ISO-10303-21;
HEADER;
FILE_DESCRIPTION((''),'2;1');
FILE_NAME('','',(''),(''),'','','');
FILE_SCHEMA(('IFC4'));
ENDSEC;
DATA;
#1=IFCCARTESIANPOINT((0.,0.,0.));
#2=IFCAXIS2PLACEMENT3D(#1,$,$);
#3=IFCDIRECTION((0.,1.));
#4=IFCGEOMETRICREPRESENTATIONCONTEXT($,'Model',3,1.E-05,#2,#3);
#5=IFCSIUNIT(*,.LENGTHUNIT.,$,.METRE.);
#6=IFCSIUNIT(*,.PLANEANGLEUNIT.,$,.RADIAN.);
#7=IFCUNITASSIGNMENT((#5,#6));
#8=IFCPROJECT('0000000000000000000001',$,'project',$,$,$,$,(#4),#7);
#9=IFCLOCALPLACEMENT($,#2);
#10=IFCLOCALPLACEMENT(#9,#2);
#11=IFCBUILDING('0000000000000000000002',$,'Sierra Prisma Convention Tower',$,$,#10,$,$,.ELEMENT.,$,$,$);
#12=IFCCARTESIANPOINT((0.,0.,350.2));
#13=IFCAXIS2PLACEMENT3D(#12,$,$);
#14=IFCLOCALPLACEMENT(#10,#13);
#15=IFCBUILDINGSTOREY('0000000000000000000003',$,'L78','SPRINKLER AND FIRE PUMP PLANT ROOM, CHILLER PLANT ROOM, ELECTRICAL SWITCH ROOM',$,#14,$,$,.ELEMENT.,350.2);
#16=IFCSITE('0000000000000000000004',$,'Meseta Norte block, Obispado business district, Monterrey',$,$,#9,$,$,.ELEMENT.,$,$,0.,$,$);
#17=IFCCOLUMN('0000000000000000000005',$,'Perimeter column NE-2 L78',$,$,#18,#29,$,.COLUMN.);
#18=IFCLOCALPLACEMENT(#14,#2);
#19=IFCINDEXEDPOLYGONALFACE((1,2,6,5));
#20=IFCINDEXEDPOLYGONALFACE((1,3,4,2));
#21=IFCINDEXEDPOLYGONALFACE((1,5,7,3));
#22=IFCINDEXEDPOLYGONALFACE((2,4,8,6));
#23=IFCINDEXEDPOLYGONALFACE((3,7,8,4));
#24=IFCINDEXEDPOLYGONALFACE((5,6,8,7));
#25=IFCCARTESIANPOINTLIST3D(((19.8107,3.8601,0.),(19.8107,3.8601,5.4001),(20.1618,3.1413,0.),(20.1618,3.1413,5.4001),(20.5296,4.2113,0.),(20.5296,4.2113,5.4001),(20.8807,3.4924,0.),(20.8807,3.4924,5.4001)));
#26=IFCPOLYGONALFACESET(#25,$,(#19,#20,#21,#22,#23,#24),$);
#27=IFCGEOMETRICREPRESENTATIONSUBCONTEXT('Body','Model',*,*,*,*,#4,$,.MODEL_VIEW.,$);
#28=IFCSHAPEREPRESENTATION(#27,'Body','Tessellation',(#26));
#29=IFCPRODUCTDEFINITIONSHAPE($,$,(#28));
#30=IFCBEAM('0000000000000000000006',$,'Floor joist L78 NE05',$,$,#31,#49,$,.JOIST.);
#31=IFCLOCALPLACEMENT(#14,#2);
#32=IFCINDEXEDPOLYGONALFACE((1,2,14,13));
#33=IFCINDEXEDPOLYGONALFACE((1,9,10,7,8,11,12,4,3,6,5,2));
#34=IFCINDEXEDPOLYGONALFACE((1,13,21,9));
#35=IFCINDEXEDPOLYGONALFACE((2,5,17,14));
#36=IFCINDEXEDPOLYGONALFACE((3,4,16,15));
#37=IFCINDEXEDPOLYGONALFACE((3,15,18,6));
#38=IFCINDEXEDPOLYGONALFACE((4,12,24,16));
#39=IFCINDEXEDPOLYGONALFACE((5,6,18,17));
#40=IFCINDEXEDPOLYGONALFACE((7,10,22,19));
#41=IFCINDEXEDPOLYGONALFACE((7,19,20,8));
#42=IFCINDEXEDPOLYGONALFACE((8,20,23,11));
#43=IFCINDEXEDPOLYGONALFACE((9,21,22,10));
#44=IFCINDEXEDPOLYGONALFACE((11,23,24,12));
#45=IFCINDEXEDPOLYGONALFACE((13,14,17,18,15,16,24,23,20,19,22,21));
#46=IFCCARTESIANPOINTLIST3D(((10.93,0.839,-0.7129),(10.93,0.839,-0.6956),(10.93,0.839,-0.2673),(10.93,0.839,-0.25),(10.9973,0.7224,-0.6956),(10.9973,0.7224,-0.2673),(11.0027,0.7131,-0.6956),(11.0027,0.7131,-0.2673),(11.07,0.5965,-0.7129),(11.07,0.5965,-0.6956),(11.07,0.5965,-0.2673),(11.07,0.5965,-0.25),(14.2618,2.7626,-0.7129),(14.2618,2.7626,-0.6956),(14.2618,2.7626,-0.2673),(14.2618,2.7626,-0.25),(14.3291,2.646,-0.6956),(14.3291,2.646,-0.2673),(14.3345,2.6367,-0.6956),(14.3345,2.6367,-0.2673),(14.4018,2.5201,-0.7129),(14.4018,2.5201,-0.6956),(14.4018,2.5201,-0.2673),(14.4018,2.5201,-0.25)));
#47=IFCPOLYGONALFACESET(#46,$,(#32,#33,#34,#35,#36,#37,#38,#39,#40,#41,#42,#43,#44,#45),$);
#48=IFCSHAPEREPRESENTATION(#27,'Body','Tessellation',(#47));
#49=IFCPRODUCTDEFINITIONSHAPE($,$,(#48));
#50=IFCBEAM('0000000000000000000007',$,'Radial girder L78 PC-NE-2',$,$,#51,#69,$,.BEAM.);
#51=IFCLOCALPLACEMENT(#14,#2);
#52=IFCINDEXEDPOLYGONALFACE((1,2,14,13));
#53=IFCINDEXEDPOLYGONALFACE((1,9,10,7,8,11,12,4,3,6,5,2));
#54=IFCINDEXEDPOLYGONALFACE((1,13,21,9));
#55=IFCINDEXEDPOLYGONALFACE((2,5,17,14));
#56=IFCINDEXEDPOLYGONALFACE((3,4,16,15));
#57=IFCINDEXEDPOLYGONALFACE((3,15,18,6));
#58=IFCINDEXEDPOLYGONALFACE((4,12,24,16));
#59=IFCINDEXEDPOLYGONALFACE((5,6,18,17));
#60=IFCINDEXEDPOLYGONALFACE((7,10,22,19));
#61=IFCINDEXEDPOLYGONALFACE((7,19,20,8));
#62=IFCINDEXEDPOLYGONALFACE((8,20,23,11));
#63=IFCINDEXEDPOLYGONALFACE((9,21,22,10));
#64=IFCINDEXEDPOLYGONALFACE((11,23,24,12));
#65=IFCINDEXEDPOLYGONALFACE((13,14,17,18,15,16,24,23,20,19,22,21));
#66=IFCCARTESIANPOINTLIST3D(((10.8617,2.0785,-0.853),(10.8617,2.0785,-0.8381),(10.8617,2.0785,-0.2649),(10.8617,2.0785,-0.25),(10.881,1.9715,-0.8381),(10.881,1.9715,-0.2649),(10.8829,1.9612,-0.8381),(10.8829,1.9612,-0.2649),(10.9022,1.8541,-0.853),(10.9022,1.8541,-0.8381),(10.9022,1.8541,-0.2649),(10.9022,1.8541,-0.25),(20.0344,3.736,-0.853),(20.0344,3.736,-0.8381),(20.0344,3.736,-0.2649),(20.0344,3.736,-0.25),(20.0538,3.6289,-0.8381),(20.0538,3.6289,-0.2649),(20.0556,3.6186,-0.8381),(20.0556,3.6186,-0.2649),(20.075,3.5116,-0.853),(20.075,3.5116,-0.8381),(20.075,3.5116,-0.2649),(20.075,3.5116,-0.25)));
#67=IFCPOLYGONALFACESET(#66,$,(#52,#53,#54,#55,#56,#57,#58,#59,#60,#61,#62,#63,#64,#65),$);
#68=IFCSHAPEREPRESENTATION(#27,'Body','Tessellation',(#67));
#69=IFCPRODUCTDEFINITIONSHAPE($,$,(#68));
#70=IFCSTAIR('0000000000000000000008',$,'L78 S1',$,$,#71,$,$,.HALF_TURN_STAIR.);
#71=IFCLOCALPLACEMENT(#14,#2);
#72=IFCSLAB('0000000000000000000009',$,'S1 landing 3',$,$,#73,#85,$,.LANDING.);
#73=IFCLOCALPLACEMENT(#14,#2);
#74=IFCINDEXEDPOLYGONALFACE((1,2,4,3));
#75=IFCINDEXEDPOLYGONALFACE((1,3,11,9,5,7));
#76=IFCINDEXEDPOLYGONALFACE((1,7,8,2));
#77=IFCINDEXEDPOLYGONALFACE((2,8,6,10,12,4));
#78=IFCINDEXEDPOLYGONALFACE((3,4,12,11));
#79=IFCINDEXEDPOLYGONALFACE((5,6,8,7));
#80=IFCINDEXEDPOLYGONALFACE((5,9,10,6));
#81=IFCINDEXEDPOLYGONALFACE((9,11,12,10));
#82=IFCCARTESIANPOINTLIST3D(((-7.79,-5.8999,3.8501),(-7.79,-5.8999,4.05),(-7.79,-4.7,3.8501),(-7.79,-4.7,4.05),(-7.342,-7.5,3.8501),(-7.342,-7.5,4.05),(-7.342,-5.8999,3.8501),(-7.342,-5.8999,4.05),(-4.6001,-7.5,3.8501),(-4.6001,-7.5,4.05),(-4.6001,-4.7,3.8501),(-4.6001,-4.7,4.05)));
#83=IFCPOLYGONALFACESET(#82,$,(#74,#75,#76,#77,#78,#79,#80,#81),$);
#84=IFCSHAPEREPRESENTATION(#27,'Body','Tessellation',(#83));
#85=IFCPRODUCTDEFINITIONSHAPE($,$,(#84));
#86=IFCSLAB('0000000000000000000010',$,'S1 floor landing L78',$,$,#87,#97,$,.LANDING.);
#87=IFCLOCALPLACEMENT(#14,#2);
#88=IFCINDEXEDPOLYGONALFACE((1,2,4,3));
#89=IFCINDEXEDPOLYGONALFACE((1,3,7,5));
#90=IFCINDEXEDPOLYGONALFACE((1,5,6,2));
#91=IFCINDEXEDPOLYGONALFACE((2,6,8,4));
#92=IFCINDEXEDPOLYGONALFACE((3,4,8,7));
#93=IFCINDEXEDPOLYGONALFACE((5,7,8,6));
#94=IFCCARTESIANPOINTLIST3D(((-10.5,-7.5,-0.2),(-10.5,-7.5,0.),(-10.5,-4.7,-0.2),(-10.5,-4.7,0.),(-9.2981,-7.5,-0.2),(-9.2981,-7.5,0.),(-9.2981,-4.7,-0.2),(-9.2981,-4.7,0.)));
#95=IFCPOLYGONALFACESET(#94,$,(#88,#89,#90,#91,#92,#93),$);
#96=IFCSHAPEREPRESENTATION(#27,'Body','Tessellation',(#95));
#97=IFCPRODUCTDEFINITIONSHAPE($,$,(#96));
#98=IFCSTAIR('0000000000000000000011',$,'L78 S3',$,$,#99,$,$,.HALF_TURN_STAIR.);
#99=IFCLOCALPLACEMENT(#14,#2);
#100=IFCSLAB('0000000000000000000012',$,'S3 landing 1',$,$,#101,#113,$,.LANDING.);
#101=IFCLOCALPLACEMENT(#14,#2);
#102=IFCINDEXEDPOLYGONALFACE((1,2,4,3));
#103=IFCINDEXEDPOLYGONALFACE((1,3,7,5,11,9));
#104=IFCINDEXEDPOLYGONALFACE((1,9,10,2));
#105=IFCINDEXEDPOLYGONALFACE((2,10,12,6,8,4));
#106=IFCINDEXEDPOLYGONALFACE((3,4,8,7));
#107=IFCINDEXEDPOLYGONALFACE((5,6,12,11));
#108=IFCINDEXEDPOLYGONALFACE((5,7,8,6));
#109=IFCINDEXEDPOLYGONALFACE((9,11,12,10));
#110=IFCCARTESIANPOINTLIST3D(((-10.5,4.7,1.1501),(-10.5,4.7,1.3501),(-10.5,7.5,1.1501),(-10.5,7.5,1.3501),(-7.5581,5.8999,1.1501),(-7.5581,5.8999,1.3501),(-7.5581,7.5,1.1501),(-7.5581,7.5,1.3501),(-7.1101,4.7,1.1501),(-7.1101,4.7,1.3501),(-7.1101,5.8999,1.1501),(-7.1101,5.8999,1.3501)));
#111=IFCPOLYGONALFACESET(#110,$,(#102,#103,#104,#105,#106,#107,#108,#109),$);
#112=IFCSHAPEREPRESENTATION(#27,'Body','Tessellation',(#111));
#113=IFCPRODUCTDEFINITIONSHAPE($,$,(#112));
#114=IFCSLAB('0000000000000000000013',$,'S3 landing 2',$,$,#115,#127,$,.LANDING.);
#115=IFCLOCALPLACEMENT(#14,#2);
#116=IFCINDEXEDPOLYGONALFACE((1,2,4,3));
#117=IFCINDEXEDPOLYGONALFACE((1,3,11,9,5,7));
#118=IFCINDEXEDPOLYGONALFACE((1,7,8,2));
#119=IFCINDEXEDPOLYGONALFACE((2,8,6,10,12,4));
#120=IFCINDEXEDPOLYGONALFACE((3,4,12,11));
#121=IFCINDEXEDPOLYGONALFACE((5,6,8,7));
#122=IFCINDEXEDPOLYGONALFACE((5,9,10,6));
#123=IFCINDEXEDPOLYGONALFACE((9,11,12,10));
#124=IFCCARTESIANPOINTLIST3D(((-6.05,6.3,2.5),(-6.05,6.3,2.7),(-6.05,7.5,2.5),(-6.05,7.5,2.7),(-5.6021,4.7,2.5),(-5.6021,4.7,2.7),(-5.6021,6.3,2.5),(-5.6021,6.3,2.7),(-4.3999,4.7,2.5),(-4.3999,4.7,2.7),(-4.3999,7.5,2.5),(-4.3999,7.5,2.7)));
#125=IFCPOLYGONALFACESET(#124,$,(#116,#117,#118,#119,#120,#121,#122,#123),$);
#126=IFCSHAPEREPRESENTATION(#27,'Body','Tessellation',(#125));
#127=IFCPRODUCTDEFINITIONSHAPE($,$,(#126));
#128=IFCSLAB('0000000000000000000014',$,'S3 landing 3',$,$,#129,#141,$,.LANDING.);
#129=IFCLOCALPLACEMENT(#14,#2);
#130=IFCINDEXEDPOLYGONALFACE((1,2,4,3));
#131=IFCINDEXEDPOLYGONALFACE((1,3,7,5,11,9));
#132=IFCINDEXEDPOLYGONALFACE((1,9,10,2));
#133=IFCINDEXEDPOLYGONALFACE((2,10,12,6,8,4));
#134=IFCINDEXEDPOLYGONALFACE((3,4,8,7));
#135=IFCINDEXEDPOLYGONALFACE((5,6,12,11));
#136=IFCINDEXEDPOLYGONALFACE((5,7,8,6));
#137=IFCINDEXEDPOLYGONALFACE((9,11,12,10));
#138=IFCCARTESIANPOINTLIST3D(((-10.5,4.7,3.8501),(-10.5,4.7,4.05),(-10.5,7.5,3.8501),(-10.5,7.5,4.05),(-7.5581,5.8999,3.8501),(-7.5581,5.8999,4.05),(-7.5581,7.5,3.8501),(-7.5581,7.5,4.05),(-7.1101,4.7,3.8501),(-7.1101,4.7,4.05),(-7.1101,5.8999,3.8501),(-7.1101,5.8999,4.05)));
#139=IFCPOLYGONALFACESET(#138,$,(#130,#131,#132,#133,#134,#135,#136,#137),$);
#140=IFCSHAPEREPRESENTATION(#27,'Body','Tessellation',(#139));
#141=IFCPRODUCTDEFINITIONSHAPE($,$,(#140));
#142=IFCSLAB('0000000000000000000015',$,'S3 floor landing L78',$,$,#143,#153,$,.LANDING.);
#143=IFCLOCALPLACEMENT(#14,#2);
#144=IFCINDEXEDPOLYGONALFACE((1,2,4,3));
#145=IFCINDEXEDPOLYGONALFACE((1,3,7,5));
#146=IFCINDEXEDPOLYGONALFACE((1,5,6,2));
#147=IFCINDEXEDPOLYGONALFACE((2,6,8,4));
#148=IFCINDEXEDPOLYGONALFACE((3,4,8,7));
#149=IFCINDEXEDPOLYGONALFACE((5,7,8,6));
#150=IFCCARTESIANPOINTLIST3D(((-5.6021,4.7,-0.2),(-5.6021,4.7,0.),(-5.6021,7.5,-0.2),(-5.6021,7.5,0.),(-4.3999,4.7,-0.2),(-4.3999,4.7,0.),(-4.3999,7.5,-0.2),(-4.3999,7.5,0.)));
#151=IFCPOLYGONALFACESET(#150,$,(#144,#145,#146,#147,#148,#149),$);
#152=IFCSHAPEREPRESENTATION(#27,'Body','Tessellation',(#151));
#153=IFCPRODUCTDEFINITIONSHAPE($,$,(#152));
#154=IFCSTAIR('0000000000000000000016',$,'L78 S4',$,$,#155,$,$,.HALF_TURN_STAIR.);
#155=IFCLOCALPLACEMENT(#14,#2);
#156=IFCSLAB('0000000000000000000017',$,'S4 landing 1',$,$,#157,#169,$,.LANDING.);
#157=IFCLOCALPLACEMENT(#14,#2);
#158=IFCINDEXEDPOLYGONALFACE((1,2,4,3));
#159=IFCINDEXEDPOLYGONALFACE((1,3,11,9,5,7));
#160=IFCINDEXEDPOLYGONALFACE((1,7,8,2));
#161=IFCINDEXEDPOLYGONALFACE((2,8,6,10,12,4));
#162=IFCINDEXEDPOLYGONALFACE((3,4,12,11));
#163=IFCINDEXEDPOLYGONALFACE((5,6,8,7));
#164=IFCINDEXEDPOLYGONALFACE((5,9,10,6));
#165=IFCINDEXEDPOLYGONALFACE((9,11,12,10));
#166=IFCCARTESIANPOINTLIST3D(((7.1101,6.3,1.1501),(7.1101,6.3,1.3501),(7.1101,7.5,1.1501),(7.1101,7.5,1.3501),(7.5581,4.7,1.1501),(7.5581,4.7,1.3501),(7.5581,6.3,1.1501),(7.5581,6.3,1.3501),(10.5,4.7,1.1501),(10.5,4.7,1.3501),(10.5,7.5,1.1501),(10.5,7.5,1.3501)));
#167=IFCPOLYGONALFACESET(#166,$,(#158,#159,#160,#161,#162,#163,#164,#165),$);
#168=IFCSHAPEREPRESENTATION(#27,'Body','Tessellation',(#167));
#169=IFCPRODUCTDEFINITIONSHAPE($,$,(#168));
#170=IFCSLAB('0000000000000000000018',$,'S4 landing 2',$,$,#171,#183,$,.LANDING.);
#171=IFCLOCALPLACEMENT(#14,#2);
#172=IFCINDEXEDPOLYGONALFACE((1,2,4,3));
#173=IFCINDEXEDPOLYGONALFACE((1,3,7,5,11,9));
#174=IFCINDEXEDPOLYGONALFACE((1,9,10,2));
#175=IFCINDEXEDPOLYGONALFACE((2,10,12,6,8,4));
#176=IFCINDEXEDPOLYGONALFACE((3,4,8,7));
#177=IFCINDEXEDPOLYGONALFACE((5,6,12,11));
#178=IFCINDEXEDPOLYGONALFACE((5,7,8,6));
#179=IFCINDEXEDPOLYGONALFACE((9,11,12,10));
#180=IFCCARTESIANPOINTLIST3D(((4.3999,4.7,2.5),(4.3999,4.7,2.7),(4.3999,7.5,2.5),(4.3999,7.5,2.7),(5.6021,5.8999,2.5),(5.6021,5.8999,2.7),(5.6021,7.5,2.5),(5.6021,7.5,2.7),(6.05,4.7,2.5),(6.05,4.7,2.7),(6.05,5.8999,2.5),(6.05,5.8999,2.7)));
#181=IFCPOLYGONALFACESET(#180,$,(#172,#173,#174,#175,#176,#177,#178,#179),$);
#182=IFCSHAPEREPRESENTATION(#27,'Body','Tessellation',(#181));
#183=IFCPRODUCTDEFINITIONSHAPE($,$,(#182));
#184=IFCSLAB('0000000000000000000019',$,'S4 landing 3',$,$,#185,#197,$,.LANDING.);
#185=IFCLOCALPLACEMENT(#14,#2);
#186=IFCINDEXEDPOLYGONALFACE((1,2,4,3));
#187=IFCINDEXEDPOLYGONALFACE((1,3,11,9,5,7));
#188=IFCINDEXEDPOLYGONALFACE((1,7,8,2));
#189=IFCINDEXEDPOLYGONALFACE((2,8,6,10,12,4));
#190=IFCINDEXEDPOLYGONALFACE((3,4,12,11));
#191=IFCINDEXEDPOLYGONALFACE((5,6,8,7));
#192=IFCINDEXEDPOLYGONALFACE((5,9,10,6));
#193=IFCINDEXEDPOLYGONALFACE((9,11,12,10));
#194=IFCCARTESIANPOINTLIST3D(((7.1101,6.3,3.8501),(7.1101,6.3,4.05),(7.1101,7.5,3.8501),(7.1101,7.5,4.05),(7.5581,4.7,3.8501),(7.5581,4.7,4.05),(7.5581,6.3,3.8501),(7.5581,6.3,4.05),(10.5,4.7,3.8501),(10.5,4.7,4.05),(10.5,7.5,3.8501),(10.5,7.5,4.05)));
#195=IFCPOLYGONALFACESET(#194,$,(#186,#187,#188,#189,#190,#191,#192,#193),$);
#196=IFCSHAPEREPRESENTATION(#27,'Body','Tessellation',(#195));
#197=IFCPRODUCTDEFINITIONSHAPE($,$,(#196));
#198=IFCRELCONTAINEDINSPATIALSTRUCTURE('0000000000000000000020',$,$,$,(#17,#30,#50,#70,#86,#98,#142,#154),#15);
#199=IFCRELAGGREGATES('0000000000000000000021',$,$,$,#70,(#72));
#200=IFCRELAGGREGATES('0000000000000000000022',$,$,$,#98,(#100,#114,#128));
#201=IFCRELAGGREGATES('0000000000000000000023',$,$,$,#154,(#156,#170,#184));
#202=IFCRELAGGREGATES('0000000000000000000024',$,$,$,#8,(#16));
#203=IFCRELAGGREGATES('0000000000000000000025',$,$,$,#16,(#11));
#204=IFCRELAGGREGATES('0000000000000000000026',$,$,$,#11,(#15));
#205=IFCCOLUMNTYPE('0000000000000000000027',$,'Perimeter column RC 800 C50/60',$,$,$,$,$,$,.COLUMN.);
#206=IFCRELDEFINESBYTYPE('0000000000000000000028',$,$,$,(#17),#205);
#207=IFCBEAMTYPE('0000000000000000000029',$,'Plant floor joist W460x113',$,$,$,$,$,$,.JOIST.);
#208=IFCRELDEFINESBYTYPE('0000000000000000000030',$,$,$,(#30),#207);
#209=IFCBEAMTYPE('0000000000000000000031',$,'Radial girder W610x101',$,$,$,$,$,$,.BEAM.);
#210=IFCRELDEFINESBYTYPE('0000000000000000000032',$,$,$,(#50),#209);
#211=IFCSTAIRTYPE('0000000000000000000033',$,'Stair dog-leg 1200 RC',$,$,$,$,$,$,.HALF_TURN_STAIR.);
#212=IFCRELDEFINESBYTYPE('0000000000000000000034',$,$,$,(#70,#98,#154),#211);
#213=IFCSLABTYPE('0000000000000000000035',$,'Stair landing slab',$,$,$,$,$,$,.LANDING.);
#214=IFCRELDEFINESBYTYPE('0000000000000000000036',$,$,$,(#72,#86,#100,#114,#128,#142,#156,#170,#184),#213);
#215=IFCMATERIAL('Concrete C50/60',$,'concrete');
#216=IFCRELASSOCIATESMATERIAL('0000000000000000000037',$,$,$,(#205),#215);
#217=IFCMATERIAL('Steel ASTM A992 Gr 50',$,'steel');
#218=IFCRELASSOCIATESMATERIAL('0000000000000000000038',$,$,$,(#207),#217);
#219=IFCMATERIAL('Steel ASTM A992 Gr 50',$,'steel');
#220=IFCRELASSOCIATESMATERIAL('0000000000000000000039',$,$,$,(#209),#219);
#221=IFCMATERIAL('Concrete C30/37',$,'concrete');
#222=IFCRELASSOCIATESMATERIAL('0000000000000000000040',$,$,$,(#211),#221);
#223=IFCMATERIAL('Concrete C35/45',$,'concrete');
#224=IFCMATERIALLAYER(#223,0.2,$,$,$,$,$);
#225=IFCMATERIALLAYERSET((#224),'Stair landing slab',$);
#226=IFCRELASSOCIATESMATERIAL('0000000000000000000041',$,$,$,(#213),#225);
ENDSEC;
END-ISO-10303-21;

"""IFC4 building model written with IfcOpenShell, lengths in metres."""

from ifc_helpers import new_model, si_unit, direction, frame, origin, origin_2d, place, context, subcontext, project, spatial, polyline, rectangle, i_section, outline, extrude, material, layer, layer_set, material_profile, profile_set, type_object, element, aggregate, save


model = new_model("IFC4")

# Units and contexts
model_context = context("Model", 3, precision=1e-05, world=origin(), true_north=direction((0.0, 1.0)))
body_context = subcontext(model_context, "Body", "Model", "MODEL_VIEW")
ifc_project = project(units=[si_unit("LENGTHUNIT", "METRE"), si_unit("PLANEANGLEUNIT", "RADIAN")], contexts=[model_context])

# Site, building, storey
site_placement = place(None, origin())
site = spatial("IfcSite", under=ifc_project, at=site_placement, Name="Meseta Norte block, Obispado business district, Monterrey", CompositionType="ELEMENT", RefElevation=0.0)
building_placement = place(site_placement, origin())
building = spatial("IfcBuilding", under=site, at=building_placement, Name="Sierra Prisma Convention Tower", CompositionType="ELEMENT")
storey_placement = place(building_placement, frame((0.0, 0.0, 350.2)))
storey = spatial("IfcBuildingStorey", under=building, at=storey_placement, Name="L78", Description="SPRINKLER AND FIRE PUMP PLANT ROOM, CHILLER PLANT ROOM, ELECTRICAL SWITCH ROOM", CompositionType="ELEMENT", Elevation=350.2)

# Column
ifc_material_1 = material(Name="Concrete C50/60", Category="concrete")
ifc_material_profile_1 = material_profile(ifc_material_1, rectangle(XDim=0.8, YDim=0.8, at=origin_2d()), Name="Perimeter column RC 800 C50/60")
ifc_profile_set_1 = profile_set([ifc_material_profile_1], Name="Concrete C50/60")
column_type = type_object("IfcColumnType", Name="Perimeter column RC 800 C50/60", PredefinedType="COLUMN", material=ifc_profile_set_1)
column_placement = place(storey_placement, frame((20.3457, 3.6763, 0.0), z_axis=(0.0, 0.0, 1.0), x_axis=(-0.438895, 0.898538, 0.0)))
element("IfcColumn", 1, at=column_placement, inside=storey, type_object=column_type, Name="Perimeter column NE-2 L78", PredefinedType="COLUMN", context=body_context, shape_type="SweptSolid", body=[
    extrude(rectangle(XDim=0.8, YDim=0.8, at=origin_2d()), origin(), (0.0, 0.0, 1.0), 5.4001),
])

# Beams
ifc_material_2 = material(Name="Steel ASTM A992 Gr 50", Category="steel")
ifc_material_profile_2 = material_profile(ifc_material_2, i_section(OverallWidth=0.28, OverallDepth=0.4629, WebThickness=0.0107, FlangeThickness=0.0173, at=origin_2d()), Name="W460x113")
ifc_profile_set_2 = profile_set([ifc_material_profile_2], Name="Steel ASTM A992 Gr 50")
beam_type_1 = type_object("IfcBeamType", Name="Plant floor joist W460x113", PredefinedType="JOIST", material=ifc_profile_set_2)
beam_1_placement = place(storey_placement, frame((14.3318, 2.6414, -0.4814), z_axis=(-0.866028, -0.499995, 0.0), x_axis=(0.499995, -0.866028, 0.0)))
element("IfcBeam", 2, at=beam_1_placement, inside=storey, type_object=beam_type_1, Name="Floor joist L78 NE05", PredefinedType="JOIST", context=body_context, shape_type="SweptSolid", body=[
    extrude(i_section(OverallWidth=0.28, OverallDepth=0.4629, WebThickness=0.0107, FlangeThickness=0.0173, at=origin_2d()), origin(), (0.0, 0.0, 1.0), 3.8472),
])
ifc_material_3 = material(Name="Steel ASTM A992 Gr 50", Category="steel")
ifc_material_profile_3 = material_profile(ifc_material_3, i_section(OverallWidth=0.228, OverallDepth=0.603, WebThickness=0.0105, FlangeThickness=0.0149, at=origin_2d()), Name="W610x101")
ifc_profile_set_3 = profile_set([ifc_material_profile_3], Name="Steel ASTM A992 Gr 50")
beam_type_2 = type_object("IfcBeamType", Name="Radial girder W610x101", PredefinedType="BEAM", material=ifc_profile_set_3)
beam_2_placement = place(storey_placement, frame((20.0547, 3.6238, -0.5515), z_axis=(-0.984064, -0.177814, 0.0), x_axis=(0.177814, -0.984064, 0.0)))
element("IfcBeam", 3, at=beam_2_placement, inside=storey, type_object=beam_type_2, Name="Radial girder L78 PC-NE-2", PredefinedType="BEAM", context=body_context, shape_type="SweptSolid", body=[
    extrude(i_section(OverallWidth=0.228, OverallDepth=0.603, WebThickness=0.0105, FlangeThickness=0.0149, at=origin_2d()), origin(), (0.0, 0.0, 1.0), 9.3213),
])

# Stair, slab
ifc_material_4 = material(Name="Concrete C30/37", Category="concrete")
stair_type = type_object("IfcStairType", Name="Stair dog-leg 1200 RC", PredefinedType="HALF_TURN_STAIR", material=ifc_material_4)
stair_1_placement = place(storey_placement, origin())
stair_1 = element("IfcStair", 4, at=stair_1_placement, inside=storey, type_object=stair_type, Name="L78 S1", PredefinedType="HALF_TURN_STAIR")
ifc_material_5 = material(Name="Concrete C35/45", Category="concrete")
ifc_layer_1 = layer(ifc_material_5, 0.2)
ifc_layer_set_1 = layer_set([ifc_layer_1], Name="Stair landing slab")
slab_type = type_object("IfcSlabType", Name="Stair landing slab", PredefinedType="LANDING", material=ifc_layer_set_1)
slab_1_placement = place(storey_placement, frame((0.0, 0.0, 3.8501)))
slab_1 = element("IfcSlab", 5, at=slab_1_placement, type_object=slab_type, Name="S1 landing 3", PredefinedType="LANDING", context=body_context, shape_type="SweptSolid", body=[
    extrude(outline(polyline([(-4.6001, -4.7), (-4.6001, -7.5), (-7.342, -7.5), (-7.342, -5.8999), (-7.79, -5.8999), (-7.79, -4.7), (-4.6001, -4.7)])), origin(), (0.0, 0.0, 1.0), 0.2),
])
aggregate(stair_1, [slab_1])

# Slab
slab_2_placement = place(storey_placement, frame((0.0, 0.0, -0.2)))
element("IfcSlab", 6, at=slab_2_placement, inside=storey, type_object=slab_type, Name="S1 floor landing L78", PredefinedType="LANDING", context=body_context, shape_type="SweptSolid", body=[
    extrude(outline(polyline([(-10.5, -7.5), (-9.2981, -7.5), (-9.2981, -4.7), (-10.5, -4.7), (-10.5, -7.5)])), origin(), (0.0, 0.0, 1.0), 0.2),
])

# Stair, slabs
stair_2_placement = place(storey_placement, origin())
stair_2 = element("IfcStair", 7, at=stair_2_placement, inside=storey, type_object=stair_type, Name="L78 S3", PredefinedType="HALF_TURN_STAIR")
slab_3_placement = place(storey_placement, frame((0.0, 0.0, 1.1501)))
slab_3 = element("IfcSlab", 8, at=slab_3_placement, type_object=slab_type, Name="S3 landing 1", PredefinedType="LANDING", context=body_context, shape_type="SweptSolid", body=[
    extrude(outline(polyline([(-7.1101, 5.8999), (-7.1101, 4.7), (-10.5, 4.7), (-10.5, 7.5), (-7.5581, 7.5), (-7.5581, 5.8999), (-7.1101, 5.8999)])), origin(), (0.0, 0.0, 1.0), 0.2),
])
slab_4_placement = place(storey_placement, frame((0.0, 0.0, 2.5)))
slab_4 = element("IfcSlab", 9, at=slab_4_placement, type_object=slab_type, Name="S3 landing 2", PredefinedType="LANDING", context=body_context, shape_type="SweptSolid", body=[
    extrude(outline(polyline([(-4.3999, 7.5), (-4.3999, 4.7), (-5.6021, 4.7), (-5.6021, 6.3), (-6.05, 6.3), (-6.05, 7.5), (-4.3999, 7.5)])), origin(), (0.0, 0.0, 1.0), 0.2),
])
slab_5_placement = place(storey_placement, frame((0.0, 0.0, 3.8501)))
slab_5 = element("IfcSlab", 10, at=slab_5_placement, type_object=slab_type, Name="S3 landing 3", PredefinedType="LANDING", context=body_context, shape_type="SweptSolid", body=[
    extrude(outline(polyline([(-7.1101, 5.8999), (-7.1101, 4.7), (-10.5, 4.7), (-10.5, 7.5), (-7.5581, 7.5), (-7.5581, 5.8999), (-7.1101, 5.8999)])), origin(), (0.0, 0.0, 1.0), 0.2),
])
aggregate(stair_2, [slab_3, slab_4, slab_5])

# Slab
slab_6_placement = place(storey_placement, frame((0.0, 0.0, -0.2)))
element("IfcSlab", 11, at=slab_6_placement, inside=storey, type_object=slab_type, Name="S3 floor landing L78", PredefinedType="LANDING", context=body_context, shape_type="SweptSolid", body=[
    extrude(outline(polyline([(-4.3999, 7.5), (-5.6021, 7.5), (-5.6021, 4.7), (-4.3999, 4.7), (-4.3999, 7.5)])), origin(), (0.0, 0.0, 1.0), 0.2),
])

# Stair, slabs
stair_3_placement = place(storey_placement, origin())
stair_3 = element("IfcStair", 12, at=stair_3_placement, inside=storey, type_object=stair_type, Name="L78 S4", PredefinedType="HALF_TURN_STAIR")
slab_7_placement = place(storey_placement, frame((0.0, 0.0, 1.1501)))
slab_7 = element("IfcSlab", 13, at=slab_7_placement, type_object=slab_type, Name="S4 landing 1", PredefinedType="LANDING", context=body_context, shape_type="SweptSolid", body=[
    extrude(outline(polyline([(10.5, 7.5), (10.5, 4.7), (7.5581, 4.7), (7.5581, 6.3), (7.1101, 6.3), (7.1101, 7.5), (10.5, 7.5)])), origin(), (0.0, 0.0, 1.0), 0.2),
])
slab_8_placement = place(storey_placement, frame((0.0, 0.0, 2.5)))
slab_8 = element("IfcSlab", 14, at=slab_8_placement, type_object=slab_type, Name="S4 landing 2", PredefinedType="LANDING", context=body_context, shape_type="SweptSolid", body=[
    extrude(outline(polyline([(4.3999, 4.7), (4.3999, 7.5), (5.6021, 7.5), (5.6021, 5.8999), (6.05, 5.8999), (6.05, 4.7), (4.3999, 4.7)])), origin(), (0.0, 0.0, 1.0), 0.2),
])
slab_9_placement = place(storey_placement, frame((0.0, 0.0, 3.8501)))
slab_9 = element("IfcSlab", 15, at=slab_9_placement, type_object=slab_type, Name="S4 landing 3", PredefinedType="LANDING", context=body_context, shape_type="SweptSolid", body=[
    extrude(outline(polyline([(10.5, 7.5), (10.5, 4.7), (7.5581, 4.7), (7.5581, 6.3), (7.1101, 6.3), (7.1101, 7.5), (10.5, 7.5)])), origin(), (0.0, 0.0, 1.0), 0.2),
])

aggregate(stair_3, [slab_7, slab_8, slab_9])

save(model, "model.ifc")
